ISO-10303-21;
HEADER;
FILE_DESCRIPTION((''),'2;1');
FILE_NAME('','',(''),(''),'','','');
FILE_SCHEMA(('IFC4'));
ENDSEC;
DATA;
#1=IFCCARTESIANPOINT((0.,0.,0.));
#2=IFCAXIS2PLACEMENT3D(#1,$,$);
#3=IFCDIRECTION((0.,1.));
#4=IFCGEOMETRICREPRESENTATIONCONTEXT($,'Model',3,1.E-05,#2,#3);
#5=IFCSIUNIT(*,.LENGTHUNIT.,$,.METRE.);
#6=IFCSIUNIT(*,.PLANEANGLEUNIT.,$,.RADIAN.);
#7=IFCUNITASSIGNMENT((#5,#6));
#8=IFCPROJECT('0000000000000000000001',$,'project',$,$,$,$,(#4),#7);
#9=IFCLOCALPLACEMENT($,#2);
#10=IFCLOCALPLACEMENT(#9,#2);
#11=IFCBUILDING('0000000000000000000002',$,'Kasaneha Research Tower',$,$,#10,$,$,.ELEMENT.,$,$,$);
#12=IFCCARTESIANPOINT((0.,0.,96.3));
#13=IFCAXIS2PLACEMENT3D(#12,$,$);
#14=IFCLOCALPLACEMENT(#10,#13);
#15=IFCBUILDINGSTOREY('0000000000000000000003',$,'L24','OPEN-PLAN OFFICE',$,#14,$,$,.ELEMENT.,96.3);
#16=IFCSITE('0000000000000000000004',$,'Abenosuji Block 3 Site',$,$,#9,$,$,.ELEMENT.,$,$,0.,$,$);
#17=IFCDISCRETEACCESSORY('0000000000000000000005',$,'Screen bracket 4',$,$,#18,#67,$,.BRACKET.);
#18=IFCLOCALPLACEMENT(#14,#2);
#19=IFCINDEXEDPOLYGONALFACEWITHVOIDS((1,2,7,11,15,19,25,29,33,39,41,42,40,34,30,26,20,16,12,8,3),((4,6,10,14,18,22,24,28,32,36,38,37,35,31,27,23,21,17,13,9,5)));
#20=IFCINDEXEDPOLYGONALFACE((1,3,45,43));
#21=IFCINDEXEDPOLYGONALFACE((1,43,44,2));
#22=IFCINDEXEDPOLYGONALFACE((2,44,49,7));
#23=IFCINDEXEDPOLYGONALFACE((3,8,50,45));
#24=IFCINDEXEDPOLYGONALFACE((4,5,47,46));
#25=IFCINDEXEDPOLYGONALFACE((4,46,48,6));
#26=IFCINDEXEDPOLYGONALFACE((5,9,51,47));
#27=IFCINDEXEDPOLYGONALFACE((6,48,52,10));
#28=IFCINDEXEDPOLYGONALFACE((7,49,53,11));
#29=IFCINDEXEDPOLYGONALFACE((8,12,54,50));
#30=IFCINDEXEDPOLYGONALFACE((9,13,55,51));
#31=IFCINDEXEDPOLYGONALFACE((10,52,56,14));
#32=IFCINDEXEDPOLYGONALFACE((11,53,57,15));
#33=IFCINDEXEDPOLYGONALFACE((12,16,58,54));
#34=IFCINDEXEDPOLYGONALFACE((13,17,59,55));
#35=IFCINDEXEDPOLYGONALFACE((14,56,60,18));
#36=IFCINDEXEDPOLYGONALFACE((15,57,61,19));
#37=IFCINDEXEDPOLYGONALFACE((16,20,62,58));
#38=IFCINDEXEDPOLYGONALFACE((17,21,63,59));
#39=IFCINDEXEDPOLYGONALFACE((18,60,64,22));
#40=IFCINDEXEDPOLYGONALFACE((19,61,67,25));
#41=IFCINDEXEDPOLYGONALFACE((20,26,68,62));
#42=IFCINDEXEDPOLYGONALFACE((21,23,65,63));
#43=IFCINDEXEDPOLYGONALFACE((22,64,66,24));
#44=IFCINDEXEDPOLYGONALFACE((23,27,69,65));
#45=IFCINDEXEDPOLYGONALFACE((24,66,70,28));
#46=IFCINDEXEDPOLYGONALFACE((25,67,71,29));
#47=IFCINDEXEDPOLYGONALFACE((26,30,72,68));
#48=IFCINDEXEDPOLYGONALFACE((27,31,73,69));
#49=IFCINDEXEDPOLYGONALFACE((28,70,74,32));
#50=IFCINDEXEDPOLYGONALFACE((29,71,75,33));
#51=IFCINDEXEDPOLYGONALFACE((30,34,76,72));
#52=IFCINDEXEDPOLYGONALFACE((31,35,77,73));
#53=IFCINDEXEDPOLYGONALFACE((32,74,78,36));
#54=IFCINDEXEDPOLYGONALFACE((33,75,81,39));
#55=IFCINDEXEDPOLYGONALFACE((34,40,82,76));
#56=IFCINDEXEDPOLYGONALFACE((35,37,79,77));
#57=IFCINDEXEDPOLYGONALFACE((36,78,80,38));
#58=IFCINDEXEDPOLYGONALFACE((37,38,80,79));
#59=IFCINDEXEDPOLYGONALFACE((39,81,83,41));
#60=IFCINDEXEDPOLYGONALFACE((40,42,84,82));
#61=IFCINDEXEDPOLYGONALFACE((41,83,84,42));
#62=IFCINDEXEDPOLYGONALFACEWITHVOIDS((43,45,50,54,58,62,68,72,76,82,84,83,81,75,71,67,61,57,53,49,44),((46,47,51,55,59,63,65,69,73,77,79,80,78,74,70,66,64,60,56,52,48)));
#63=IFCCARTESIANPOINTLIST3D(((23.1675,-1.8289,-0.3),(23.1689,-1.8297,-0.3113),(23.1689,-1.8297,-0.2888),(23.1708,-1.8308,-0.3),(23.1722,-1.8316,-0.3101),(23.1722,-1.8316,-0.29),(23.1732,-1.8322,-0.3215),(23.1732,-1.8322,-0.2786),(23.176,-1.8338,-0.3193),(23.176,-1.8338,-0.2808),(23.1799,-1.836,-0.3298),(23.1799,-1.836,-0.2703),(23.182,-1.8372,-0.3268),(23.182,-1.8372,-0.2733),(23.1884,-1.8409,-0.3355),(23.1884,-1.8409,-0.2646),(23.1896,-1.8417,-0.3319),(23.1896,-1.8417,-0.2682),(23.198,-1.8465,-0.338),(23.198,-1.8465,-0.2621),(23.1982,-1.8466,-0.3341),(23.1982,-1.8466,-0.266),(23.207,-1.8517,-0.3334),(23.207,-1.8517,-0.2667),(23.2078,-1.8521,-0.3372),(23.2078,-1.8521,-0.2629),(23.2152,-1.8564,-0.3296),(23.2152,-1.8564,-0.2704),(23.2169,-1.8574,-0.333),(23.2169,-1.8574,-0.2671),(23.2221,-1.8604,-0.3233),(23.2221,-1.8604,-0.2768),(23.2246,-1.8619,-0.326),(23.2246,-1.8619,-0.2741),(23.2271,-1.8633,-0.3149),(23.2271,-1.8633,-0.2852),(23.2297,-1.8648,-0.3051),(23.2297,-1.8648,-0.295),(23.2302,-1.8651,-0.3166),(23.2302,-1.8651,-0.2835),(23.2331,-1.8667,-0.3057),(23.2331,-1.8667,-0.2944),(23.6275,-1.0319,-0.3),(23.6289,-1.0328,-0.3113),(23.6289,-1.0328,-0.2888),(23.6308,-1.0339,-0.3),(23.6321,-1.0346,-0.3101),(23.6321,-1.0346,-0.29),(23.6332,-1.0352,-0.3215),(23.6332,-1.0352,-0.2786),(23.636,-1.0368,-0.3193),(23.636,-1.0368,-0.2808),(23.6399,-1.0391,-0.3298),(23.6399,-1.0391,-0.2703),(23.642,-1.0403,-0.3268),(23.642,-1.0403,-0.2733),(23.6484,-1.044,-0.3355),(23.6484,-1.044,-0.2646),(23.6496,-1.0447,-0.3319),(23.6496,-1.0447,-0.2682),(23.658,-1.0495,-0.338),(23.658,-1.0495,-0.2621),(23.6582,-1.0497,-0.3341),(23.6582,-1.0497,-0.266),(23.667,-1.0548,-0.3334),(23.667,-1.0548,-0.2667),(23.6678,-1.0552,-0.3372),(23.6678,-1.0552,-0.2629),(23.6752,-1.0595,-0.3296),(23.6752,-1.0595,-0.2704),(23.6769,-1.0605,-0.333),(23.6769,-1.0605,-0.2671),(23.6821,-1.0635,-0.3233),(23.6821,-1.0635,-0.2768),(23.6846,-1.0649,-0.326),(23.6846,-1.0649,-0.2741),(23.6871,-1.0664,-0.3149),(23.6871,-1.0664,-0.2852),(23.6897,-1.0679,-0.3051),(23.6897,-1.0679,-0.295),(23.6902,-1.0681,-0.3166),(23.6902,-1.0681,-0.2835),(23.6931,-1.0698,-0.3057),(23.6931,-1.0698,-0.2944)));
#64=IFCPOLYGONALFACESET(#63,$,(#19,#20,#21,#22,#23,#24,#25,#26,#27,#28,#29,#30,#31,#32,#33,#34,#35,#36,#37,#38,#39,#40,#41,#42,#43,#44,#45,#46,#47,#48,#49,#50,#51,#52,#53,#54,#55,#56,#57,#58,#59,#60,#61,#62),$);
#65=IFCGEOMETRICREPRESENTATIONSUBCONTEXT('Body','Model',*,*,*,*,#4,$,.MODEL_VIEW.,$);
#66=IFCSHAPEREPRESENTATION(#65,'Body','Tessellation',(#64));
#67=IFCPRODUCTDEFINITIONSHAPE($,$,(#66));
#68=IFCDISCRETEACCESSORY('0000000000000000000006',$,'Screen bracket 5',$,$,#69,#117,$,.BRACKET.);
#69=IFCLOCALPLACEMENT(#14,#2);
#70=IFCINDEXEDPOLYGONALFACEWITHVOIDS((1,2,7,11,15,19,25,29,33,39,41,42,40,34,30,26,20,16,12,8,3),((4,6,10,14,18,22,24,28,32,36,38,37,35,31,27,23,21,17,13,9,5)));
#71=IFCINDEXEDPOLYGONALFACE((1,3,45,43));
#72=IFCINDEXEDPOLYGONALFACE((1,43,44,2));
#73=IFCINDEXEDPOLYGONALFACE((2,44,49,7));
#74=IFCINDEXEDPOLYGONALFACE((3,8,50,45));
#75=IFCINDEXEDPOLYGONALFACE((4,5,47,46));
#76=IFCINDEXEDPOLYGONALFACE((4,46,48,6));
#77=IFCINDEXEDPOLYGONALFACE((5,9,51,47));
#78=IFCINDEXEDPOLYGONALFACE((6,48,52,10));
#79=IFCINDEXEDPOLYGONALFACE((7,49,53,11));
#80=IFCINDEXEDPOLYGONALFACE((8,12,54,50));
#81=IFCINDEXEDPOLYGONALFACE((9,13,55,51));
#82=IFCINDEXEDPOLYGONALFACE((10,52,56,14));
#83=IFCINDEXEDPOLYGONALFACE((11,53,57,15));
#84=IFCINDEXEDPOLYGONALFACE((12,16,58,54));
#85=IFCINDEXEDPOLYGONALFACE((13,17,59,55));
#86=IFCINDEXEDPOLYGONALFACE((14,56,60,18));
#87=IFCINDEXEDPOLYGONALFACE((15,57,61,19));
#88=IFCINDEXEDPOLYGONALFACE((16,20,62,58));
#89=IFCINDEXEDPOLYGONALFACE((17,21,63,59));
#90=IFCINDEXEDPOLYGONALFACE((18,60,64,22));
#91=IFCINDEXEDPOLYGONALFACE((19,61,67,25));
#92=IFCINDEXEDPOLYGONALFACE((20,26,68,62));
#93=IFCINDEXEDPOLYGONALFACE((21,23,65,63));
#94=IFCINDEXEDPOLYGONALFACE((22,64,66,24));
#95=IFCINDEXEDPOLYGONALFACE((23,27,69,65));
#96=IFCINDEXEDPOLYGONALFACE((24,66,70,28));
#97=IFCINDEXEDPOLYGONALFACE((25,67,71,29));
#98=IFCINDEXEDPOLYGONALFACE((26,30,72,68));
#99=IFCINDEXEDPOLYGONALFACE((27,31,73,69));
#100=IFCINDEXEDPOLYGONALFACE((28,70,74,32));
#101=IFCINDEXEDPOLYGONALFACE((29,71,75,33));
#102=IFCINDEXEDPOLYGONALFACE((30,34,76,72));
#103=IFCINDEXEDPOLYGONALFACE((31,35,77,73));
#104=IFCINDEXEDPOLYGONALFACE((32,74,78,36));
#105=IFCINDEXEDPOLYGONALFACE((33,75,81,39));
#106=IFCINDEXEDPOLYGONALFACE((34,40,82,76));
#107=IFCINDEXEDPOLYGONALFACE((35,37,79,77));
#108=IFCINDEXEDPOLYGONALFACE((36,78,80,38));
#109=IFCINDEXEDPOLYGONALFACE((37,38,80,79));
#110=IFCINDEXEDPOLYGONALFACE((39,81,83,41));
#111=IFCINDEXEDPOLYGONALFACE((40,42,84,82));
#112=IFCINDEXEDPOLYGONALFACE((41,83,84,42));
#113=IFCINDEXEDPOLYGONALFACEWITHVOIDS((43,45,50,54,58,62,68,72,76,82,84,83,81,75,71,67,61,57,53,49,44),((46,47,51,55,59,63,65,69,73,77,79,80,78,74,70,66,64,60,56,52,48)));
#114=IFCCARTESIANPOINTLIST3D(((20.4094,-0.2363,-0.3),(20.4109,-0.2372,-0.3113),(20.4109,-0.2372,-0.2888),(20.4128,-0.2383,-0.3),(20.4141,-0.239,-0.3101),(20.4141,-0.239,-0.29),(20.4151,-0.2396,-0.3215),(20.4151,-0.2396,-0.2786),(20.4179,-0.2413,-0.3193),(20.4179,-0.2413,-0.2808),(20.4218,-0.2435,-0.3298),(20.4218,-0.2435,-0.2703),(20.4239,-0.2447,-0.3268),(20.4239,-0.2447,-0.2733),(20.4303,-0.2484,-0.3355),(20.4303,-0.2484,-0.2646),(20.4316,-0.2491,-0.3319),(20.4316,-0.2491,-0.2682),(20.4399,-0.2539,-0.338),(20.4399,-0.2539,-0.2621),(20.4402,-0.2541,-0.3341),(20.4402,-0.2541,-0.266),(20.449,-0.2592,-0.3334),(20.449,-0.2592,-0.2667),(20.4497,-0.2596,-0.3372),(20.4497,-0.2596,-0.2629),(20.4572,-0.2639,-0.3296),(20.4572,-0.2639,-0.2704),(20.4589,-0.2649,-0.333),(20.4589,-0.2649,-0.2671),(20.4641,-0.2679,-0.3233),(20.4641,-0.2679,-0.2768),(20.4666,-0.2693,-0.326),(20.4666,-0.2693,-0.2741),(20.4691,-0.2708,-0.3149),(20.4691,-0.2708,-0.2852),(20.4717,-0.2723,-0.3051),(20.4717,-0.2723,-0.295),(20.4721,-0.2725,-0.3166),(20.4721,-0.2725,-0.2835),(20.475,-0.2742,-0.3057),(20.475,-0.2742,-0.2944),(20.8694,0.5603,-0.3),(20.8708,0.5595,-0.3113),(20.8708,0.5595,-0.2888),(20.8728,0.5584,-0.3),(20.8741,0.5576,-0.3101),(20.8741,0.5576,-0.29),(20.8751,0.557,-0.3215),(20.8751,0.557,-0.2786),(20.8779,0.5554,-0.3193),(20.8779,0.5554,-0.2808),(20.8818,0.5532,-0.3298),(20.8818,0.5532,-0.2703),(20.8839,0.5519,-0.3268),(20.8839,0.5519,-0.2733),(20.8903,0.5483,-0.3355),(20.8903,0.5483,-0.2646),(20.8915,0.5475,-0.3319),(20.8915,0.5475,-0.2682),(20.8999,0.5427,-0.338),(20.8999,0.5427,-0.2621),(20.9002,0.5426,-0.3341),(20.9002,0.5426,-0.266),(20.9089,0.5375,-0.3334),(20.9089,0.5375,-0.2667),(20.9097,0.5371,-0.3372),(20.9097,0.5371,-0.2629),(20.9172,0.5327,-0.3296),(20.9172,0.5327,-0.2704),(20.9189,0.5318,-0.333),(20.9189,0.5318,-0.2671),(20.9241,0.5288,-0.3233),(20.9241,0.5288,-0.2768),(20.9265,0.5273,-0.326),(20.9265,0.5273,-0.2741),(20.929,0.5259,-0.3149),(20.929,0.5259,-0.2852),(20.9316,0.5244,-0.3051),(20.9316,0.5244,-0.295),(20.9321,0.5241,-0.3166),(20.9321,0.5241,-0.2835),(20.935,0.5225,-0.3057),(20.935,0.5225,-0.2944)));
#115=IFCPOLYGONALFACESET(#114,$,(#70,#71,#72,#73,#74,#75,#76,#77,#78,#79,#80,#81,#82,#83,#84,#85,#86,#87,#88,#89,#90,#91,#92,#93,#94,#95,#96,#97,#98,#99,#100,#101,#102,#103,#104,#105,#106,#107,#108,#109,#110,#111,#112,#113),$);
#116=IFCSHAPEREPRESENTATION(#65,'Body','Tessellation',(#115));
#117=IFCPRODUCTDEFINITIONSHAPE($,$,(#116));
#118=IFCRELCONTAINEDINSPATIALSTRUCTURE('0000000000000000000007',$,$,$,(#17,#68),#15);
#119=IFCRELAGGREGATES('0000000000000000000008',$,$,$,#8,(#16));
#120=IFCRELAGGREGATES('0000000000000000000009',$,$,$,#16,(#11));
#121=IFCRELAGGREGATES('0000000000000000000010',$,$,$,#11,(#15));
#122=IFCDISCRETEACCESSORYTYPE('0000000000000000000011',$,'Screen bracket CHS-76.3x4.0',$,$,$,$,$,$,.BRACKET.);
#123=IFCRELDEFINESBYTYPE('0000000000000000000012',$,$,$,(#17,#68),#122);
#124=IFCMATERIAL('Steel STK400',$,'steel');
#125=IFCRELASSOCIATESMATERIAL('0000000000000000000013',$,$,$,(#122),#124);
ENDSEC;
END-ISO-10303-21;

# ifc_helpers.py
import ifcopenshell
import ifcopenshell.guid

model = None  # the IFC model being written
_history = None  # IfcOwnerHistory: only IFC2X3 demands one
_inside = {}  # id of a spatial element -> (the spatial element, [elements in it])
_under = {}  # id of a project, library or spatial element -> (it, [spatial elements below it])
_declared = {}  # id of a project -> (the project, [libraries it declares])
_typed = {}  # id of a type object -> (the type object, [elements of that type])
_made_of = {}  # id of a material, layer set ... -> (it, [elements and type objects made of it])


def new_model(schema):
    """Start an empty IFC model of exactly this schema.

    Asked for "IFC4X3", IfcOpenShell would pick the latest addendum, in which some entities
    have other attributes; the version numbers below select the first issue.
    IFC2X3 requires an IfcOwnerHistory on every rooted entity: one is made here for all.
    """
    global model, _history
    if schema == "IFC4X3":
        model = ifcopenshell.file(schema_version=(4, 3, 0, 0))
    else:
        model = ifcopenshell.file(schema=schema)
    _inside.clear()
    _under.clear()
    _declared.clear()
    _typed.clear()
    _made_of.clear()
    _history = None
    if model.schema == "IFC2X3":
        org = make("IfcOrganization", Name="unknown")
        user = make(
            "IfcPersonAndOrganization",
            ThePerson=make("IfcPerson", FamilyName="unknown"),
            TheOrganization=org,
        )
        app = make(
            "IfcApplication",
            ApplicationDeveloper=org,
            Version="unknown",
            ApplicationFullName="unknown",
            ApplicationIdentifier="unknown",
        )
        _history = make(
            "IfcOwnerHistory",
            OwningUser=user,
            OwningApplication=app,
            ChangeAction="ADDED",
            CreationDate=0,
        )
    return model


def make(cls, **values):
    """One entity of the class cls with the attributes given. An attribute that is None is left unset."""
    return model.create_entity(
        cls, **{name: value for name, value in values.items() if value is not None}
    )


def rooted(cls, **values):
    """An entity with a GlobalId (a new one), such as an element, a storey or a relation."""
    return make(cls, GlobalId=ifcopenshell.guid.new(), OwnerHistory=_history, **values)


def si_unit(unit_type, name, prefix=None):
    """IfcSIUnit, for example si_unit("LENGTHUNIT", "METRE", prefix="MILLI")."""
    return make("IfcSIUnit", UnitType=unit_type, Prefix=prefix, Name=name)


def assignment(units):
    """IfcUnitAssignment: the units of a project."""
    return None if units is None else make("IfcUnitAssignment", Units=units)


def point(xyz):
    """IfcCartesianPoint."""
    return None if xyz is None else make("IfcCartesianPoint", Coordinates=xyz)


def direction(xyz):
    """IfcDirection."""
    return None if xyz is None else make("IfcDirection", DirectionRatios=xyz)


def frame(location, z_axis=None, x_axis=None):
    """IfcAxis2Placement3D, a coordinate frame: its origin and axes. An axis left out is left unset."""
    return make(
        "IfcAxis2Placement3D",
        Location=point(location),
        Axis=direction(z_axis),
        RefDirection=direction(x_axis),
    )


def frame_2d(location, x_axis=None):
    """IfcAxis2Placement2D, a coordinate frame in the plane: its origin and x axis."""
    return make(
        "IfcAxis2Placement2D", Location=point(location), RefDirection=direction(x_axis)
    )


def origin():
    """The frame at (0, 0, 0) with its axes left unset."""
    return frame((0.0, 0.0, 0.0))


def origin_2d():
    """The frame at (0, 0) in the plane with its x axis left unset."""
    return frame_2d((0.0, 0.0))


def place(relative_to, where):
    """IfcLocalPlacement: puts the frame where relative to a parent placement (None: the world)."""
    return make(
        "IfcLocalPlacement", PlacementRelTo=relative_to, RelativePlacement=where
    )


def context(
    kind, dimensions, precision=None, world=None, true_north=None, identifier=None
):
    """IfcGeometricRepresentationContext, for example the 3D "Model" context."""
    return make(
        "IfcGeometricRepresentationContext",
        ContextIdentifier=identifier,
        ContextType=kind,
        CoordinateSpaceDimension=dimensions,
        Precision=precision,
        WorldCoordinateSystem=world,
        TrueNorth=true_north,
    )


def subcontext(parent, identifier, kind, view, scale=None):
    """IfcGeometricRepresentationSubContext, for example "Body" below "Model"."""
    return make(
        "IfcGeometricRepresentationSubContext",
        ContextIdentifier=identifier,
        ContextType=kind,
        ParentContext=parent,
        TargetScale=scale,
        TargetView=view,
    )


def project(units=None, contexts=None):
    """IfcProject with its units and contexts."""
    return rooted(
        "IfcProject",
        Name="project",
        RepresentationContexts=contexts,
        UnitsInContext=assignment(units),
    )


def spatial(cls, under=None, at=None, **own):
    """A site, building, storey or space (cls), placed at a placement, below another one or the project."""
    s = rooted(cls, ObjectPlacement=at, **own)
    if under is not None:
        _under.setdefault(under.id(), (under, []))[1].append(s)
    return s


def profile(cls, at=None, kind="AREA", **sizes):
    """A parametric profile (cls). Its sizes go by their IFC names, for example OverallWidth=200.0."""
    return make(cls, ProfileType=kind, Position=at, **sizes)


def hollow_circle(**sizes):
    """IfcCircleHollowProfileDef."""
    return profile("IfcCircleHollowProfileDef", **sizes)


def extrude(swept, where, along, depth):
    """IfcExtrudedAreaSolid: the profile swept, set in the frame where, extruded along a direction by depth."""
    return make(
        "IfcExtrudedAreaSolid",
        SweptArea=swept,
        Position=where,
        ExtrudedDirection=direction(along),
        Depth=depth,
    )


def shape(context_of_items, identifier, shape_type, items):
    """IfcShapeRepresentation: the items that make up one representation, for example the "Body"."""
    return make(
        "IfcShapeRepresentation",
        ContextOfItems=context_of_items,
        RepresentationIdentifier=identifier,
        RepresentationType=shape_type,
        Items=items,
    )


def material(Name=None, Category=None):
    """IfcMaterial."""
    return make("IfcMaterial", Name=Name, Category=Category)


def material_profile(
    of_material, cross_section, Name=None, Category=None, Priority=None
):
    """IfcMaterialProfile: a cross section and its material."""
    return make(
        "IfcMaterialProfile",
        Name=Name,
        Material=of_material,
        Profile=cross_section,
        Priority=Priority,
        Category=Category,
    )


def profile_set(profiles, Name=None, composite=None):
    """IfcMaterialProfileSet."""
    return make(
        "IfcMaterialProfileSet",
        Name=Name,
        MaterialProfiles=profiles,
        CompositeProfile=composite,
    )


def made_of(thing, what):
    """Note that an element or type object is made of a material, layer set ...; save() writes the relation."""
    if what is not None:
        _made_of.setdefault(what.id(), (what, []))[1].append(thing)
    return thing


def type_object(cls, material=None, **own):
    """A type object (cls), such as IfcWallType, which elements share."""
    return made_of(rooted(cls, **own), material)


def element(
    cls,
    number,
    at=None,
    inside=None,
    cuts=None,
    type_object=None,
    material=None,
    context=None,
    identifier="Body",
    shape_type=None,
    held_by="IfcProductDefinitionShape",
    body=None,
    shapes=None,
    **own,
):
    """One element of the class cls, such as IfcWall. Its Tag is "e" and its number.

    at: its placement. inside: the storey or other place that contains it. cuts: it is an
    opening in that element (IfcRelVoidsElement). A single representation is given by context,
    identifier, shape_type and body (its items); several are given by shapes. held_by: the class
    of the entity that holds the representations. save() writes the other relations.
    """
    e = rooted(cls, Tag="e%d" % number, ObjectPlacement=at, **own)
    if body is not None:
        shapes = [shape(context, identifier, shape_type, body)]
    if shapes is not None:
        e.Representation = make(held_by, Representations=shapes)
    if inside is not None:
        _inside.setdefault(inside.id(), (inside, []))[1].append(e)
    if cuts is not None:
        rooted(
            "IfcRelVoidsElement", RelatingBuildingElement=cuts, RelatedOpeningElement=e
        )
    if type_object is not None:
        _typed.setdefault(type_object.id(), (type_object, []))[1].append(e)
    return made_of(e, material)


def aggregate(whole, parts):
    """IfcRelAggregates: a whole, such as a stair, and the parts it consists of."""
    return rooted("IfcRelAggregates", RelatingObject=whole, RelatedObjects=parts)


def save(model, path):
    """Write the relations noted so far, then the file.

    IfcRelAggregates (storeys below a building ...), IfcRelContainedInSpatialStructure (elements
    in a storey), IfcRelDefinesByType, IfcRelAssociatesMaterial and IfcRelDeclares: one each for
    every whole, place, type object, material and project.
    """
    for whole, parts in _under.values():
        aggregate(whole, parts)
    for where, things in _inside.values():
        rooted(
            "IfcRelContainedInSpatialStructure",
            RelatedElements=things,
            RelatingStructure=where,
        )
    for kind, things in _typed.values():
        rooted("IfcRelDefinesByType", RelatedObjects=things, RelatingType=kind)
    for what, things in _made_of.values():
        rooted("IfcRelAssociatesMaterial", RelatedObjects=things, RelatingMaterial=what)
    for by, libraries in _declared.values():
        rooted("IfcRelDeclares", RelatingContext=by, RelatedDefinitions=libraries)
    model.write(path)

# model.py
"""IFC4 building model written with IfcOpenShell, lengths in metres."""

from ifc_helpers import new_model, si_unit, direction, frame, origin, origin_2d, place, context, subcontext, project, spatial, hollow_circle, extrude, material, material_profile, profile_set, type_object, element, save


model = new_model("IFC4")

# Units and contexts
model_context = context("Model", 3, precision=1e-05, world=origin(), true_north=direction((0.0, 1.0)))
body_context = subcontext(model_context, "Body", "Model", "MODEL_VIEW")
ifc_project = project(units=[si_unit("LENGTHUNIT", "METRE"), si_unit("PLANEANGLEUNIT", "RADIAN")], contexts=[model_context])

# Site, building, storey
site_placement = place(None, origin())
site = spatial("IfcSite", under=ifc_project, at=site_placement, Name="Abenosuji Block 3 Site", CompositionType="ELEMENT", RefElevation=0.0)
building_placement = place(site_placement, origin())
building = spatial("IfcBuilding", under=site, at=building_placement, Name="Kasaneha Research Tower", CompositionType="ELEMENT")
storey_placement = place(building_placement, frame((0.0, 0.0, 96.3)))
storey = spatial("IfcBuildingStorey", under=building, at=storey_placement, Name="L24", Description="OPEN-PLAN OFFICE", CompositionType="ELEMENT", Elevation=96.3)

# Discrete accessories
ifc_material_1 = material(Name="Steel STK400", Category="steel")
ifc_material_profile_1 = material_profile(ifc_material_1, hollow_circle(Radius=0.0381, WallThickness=0.0039, at=origin_2d()), Name="CHS-76.3x4.0")
ifc_profile_set_1 = profile_set([ifc_material_profile_1], Name="Steel STK400")
discrete_accessory_type = type_object("IfcDiscreteAccessoryType", Name="Screen bracket CHS-76.3x4.0", PredefinedType="BRACKET", material=ifc_profile_set_1)
discrete_accessory_1_placement = place(storey_placement, frame((23.2004, -1.8479, -0.3), z_axis=(0.499906, 0.86608, 0.0), x_axis=(-0.86608, 0.499906, 0.0)))
element("IfcDiscreteAccessory", 1, at=discrete_accessory_1_placement, inside=storey, type_object=discrete_accessory_type, Name="Screen bracket 4", PredefinedType="BRACKET", context=body_context, shape_type="SweptSolid", body=[
    extrude(hollow_circle(Radius=0.0381, WallThickness=0.0039, at=origin_2d()), origin(), (0.0, 0.0, 1.0), 0.9202),
])
discrete_accessory_2_placement = place(storey_placement, frame((20.4424, -0.2554, -0.3), z_axis=(0.500021, 0.866013, 0.0), x_axis=(-0.866013, 0.500021, 0.0)))
element("IfcDiscreteAccessory", 2, at=discrete_accessory_2_placement, inside=storey, type_object=discrete_accessory_type, Name="Screen bracket 5", PredefinedType="BRACKET", context=body_context, shape_type="SweptSolid", body=[
    extrude(hollow_circle(Radius=0.0381, WallThickness=0.0039, at=origin_2d()), origin(), (0.0, 0.0, 1.0), 0.9199),
])

save(model, "model.ifc")
